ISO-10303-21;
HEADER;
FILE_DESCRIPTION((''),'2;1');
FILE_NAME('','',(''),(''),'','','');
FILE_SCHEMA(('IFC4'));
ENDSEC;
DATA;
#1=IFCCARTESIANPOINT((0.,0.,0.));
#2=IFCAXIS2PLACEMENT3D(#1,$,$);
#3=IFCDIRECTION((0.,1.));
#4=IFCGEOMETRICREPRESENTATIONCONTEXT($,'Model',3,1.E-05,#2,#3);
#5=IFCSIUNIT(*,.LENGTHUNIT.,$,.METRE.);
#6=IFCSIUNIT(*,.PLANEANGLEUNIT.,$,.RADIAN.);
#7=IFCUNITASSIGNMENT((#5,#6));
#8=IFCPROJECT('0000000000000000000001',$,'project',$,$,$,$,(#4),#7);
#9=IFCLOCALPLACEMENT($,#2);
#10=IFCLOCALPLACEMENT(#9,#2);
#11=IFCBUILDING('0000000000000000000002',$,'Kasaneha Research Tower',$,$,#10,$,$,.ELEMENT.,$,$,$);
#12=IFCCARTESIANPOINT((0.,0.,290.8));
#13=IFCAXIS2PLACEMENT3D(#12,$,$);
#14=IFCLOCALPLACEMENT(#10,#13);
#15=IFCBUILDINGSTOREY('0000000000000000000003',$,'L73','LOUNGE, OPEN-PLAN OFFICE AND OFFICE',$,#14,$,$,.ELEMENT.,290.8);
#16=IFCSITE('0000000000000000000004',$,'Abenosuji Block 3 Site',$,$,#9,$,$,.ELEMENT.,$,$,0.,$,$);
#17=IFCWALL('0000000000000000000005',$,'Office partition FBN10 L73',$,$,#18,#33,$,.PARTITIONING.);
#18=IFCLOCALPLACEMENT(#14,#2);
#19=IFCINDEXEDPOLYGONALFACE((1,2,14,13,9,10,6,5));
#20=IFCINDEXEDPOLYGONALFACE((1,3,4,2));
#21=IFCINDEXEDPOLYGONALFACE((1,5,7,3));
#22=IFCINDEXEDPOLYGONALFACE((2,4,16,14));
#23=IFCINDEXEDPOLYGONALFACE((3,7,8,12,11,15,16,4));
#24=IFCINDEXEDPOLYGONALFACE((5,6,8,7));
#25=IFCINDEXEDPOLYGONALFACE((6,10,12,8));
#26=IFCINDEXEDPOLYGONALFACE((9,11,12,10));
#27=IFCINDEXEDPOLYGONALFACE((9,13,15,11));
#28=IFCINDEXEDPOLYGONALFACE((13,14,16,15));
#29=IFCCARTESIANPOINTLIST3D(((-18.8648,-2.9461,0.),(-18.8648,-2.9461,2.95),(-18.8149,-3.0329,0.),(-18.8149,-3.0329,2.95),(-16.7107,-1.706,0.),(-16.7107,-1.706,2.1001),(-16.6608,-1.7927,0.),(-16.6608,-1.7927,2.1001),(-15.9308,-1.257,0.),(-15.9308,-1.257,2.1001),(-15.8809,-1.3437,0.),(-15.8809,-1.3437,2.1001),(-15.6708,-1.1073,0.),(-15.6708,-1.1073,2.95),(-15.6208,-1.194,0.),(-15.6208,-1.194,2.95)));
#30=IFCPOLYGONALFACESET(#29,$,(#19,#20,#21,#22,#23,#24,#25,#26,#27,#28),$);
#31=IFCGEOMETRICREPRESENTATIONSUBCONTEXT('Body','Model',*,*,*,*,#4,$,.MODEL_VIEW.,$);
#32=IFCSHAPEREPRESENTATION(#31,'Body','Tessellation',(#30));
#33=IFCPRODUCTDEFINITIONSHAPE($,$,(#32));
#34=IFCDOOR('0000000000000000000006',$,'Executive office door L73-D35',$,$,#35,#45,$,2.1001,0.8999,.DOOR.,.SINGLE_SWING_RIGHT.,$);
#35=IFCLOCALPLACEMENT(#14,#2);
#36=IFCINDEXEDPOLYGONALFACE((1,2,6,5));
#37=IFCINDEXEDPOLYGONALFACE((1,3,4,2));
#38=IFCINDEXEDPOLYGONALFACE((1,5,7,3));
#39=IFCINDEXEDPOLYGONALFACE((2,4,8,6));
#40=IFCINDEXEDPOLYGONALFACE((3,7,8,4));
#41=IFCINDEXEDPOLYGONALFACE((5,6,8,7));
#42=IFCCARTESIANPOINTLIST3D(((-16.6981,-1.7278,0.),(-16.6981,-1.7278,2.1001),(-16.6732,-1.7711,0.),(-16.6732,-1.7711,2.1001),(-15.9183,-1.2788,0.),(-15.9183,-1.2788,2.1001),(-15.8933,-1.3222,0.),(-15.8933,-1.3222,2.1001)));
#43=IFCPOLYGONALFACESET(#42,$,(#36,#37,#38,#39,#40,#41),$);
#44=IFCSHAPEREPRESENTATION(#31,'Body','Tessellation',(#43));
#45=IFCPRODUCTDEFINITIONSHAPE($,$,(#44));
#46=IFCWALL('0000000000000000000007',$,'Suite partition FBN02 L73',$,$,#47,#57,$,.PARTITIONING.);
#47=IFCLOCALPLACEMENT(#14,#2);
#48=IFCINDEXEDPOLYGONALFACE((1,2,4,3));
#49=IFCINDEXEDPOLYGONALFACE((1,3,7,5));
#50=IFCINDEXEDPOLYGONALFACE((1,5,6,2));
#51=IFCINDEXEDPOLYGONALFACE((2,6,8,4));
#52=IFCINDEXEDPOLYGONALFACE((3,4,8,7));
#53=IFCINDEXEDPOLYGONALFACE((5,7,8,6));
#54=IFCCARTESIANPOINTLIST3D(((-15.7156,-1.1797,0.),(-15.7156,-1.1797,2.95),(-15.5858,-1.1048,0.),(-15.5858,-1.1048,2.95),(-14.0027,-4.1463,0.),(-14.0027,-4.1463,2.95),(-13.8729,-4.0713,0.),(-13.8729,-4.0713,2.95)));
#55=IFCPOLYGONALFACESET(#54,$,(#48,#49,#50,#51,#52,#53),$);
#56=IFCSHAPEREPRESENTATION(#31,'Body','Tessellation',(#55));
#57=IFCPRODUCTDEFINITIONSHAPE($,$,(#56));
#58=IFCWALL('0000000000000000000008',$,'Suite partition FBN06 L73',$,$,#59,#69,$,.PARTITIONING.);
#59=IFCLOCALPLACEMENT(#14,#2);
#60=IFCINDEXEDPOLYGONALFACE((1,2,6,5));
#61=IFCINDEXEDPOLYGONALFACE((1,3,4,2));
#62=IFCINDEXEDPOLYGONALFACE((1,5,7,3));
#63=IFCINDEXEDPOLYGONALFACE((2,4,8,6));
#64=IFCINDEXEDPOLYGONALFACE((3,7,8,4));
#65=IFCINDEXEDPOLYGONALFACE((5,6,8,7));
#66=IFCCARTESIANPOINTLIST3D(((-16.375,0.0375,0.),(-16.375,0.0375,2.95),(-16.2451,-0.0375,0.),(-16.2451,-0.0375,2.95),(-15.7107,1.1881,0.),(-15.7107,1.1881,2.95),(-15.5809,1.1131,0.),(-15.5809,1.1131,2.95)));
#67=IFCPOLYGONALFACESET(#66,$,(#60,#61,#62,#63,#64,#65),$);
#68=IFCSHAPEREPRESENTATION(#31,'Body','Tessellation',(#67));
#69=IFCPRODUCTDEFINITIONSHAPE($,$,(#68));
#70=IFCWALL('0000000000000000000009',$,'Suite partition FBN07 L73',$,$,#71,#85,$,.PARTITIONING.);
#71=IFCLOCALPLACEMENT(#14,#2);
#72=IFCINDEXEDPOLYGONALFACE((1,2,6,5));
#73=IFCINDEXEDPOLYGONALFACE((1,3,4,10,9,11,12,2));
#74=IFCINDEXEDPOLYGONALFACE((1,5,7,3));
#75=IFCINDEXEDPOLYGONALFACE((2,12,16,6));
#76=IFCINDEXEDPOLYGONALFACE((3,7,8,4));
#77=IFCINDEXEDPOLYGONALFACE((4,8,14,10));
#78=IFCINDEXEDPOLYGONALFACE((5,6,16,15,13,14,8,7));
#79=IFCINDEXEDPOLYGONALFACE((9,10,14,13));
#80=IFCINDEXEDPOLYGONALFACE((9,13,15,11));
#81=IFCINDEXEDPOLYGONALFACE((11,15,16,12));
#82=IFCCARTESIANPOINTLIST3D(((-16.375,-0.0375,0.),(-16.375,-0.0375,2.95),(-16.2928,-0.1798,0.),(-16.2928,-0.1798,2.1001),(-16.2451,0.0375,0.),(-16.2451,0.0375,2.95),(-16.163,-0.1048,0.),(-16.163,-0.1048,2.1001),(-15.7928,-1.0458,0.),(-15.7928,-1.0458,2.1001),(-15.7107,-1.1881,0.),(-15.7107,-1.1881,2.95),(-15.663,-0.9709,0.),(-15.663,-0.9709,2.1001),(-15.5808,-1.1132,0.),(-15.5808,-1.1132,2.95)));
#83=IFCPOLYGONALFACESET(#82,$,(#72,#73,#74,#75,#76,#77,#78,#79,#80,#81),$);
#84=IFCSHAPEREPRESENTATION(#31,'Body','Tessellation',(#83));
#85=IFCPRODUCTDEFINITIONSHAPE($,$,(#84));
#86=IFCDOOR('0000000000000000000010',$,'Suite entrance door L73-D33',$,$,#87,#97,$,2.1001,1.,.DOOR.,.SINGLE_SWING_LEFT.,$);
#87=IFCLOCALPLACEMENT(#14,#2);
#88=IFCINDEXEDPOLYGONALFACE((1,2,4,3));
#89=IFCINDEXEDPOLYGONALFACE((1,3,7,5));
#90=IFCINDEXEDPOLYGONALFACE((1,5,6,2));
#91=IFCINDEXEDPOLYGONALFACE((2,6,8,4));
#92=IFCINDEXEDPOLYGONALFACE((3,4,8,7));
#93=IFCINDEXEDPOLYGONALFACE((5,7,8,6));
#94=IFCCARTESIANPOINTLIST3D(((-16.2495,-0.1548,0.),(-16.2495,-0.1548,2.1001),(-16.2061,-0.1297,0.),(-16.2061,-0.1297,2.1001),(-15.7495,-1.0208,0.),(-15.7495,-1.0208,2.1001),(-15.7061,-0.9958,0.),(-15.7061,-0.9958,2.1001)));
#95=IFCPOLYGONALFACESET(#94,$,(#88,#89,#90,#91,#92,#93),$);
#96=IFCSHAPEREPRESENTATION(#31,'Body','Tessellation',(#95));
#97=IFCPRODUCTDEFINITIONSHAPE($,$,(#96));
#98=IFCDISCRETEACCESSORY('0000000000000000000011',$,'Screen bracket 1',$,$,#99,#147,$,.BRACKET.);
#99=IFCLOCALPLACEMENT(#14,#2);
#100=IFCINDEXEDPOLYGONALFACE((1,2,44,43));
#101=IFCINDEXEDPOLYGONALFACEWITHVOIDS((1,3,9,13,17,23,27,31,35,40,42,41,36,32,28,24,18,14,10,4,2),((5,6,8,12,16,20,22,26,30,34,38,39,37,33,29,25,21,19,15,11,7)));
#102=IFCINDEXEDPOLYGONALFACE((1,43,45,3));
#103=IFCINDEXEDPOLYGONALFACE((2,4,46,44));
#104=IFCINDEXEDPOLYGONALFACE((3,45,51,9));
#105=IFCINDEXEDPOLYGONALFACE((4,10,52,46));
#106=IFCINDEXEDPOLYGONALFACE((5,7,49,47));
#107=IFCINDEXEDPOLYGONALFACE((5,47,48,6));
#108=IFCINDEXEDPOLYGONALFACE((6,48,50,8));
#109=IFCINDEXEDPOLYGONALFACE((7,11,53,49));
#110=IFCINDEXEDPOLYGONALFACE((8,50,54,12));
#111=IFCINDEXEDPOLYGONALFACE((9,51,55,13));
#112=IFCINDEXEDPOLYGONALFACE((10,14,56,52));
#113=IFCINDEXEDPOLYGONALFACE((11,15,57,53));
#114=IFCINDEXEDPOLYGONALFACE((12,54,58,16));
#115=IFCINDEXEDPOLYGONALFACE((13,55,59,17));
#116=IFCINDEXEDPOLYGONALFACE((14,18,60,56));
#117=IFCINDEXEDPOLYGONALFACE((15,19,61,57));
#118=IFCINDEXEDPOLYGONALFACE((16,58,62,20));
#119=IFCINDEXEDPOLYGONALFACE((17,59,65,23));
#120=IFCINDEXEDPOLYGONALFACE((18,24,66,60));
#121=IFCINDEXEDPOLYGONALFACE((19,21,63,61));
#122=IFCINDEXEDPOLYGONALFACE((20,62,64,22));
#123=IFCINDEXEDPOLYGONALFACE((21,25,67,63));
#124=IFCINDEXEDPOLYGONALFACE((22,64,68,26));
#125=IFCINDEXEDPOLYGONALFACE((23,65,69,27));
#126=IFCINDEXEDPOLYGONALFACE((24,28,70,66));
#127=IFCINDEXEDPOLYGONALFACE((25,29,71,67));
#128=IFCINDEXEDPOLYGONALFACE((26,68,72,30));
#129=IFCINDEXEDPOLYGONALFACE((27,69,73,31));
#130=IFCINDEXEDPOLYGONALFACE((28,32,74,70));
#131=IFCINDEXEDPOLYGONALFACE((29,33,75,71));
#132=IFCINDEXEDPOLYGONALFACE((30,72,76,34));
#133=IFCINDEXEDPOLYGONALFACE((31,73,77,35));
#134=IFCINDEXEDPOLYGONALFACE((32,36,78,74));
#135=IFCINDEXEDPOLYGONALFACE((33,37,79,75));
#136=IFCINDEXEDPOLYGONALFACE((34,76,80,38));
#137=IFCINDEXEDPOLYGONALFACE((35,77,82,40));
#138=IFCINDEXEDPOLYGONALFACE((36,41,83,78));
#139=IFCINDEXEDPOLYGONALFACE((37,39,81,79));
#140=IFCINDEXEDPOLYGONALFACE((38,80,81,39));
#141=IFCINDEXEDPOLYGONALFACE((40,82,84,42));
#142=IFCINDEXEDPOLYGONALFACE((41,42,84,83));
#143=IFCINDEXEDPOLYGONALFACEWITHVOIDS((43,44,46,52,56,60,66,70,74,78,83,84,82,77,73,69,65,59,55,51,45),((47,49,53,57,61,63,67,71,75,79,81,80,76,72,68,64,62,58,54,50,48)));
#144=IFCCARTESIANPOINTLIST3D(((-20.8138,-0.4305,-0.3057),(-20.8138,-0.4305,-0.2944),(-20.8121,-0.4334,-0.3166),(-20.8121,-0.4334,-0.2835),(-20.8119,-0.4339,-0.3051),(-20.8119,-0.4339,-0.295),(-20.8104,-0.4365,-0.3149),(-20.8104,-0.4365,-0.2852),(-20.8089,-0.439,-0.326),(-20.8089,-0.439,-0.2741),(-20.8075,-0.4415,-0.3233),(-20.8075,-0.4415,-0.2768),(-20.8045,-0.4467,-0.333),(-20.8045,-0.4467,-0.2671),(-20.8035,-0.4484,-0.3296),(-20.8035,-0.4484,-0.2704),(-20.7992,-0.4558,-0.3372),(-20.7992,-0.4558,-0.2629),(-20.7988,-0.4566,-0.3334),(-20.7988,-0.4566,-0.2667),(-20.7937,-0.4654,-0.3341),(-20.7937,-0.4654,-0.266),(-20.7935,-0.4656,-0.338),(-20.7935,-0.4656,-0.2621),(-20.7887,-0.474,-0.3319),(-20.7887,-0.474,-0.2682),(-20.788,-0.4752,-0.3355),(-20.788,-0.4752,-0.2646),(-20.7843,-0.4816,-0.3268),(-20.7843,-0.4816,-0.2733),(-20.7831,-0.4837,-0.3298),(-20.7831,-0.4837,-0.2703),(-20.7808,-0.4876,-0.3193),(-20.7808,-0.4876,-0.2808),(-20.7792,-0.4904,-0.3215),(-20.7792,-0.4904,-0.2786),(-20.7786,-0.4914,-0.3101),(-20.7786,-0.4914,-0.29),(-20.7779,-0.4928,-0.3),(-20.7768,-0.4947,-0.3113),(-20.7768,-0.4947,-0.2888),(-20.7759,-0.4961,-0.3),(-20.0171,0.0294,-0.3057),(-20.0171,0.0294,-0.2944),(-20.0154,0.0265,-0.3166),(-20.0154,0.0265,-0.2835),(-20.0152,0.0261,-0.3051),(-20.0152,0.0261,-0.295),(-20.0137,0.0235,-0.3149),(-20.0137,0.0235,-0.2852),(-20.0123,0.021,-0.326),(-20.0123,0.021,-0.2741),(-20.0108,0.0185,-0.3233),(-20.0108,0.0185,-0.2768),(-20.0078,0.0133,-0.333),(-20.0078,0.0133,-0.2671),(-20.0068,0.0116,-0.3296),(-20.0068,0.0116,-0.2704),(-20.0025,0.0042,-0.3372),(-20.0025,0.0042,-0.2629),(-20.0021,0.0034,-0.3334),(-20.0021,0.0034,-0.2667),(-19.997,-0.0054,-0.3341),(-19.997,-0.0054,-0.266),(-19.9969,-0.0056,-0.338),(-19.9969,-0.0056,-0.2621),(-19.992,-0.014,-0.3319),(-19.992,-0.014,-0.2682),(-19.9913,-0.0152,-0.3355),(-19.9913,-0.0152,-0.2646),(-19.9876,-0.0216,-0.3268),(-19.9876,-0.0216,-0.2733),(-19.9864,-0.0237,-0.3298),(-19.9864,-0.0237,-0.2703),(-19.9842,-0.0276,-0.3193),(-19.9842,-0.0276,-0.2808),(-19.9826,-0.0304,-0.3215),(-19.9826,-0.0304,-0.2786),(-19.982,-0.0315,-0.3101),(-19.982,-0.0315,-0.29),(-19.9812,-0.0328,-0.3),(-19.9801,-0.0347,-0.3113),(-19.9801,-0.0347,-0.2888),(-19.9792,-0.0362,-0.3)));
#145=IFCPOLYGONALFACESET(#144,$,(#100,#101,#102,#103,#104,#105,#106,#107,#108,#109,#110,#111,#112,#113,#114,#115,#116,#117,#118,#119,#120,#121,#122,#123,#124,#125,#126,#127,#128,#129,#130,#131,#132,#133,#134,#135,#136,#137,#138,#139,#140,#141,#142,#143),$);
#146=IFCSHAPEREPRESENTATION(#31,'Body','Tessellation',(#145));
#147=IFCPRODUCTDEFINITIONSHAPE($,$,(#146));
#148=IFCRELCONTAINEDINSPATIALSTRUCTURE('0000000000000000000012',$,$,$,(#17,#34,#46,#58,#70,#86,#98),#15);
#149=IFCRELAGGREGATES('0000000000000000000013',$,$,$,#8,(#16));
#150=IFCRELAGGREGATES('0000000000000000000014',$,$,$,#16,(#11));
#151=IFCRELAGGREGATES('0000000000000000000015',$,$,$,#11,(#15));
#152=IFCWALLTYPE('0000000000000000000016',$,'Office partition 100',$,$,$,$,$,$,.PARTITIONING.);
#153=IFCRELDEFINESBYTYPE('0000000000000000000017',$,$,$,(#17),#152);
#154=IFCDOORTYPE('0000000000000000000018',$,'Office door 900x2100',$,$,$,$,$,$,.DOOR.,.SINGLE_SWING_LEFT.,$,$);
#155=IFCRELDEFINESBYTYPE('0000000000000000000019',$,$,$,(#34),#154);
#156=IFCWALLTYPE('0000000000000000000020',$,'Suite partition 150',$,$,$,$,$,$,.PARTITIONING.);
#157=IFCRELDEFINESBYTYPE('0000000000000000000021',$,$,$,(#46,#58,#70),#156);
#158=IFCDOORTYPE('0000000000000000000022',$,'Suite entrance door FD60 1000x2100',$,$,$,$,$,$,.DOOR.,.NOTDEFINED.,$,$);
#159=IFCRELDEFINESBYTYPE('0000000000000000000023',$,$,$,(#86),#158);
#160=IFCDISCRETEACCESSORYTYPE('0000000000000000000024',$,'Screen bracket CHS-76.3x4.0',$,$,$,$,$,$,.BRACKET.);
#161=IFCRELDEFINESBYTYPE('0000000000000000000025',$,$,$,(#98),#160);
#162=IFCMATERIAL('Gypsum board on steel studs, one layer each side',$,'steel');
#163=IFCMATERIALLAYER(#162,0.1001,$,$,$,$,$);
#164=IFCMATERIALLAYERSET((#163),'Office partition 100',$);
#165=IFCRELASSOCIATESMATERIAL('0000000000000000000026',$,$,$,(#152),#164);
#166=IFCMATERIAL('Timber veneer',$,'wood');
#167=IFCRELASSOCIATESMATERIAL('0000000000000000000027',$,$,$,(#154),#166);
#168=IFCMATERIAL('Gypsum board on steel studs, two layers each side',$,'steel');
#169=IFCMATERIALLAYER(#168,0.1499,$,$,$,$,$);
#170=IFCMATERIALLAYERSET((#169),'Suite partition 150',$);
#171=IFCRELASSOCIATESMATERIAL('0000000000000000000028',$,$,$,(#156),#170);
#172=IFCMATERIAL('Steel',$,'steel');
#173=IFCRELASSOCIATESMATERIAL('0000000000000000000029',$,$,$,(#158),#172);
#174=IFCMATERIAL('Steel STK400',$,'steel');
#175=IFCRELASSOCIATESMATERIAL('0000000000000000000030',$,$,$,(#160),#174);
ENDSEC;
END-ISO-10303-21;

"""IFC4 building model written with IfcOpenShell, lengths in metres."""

from ifc_helpers import new_model, si_unit, direction, frame, frame_2d, origin, origin_2d, place, context, subcontext, project, spatial, rectangle, hollow_circle, extrude, material, layer, layer_set, material_profile, profile_set, type_object, element, fill, save


model = new_model("IFC4")

# Units and contexts
model_context = context("Model", 3, precision=1e-05, world=origin(), true_north=direction((0.0, 1.0)))
body_context = subcontext(model_context, "Body", "Model", "MODEL_VIEW")
ifc_project = project(units=[si_unit("LENGTHUNIT", "METRE"), si_unit("PLANEANGLEUNIT", "RADIAN")], contexts=[model_context])

# Site, building, storey
site_placement = place(None, origin())
site = spatial("IfcSite", under=ifc_project, at=site_placement, Name="Abenosuji Block 3 Site", CompositionType="ELEMENT", RefElevation=0.0)
building_placement = place(site_placement, origin())
building = spatial("IfcBuilding", under=site, at=building_placement, Name="Kasaneha Research Tower", CompositionType="ELEMENT")
storey_placement = place(building_placement, frame((0.0, 0.0, 290.8)))
storey = spatial("IfcBuildingStorey", under=building, at=storey_placement, Name="L73", Description="LOUNGE, OPEN-PLAN OFFICE AND OFFICE", CompositionType="ELEMENT", Elevation=290.8)

# Shared definitions
ifc_material_1 = material(Name="Gypsum board on steel studs, one layer each side", Category="steel")
ifc_layer_1 = layer(ifc_material_1, 0.1001)
ifc_layer_set_1 = layer_set([ifc_layer_1], Name="Office partition 100")
wall_type_1 = type_object("IfcWallType", Name="Office partition 100", PredefinedType="PARTITIONING", material=ifc_layer_set_1)

# Wall, opening, door
wall_1_placement = place(storey_placement, frame((-18.8398, -2.9895, 0.0), z_axis=(0.0, 0.0, 1.0), x_axis=(0.866641, 0.498933, 0.0)))
wall_1 = element("IfcWall", 1, at=wall_1_placement, inside=storey, type_object=wall_type_1, Name="Office partition FBN10 L73", PredefinedType="PARTITIONING", context=body_context, shape_type="SweptSolid", body=[
    extrude(rectangle(XDim=3.6855, YDim=0.1001, at=frame_2d((1.8428, 0.0))), origin(), (0.0, 0.0, 1.0), 2.95),
])
opening_1_placement = place(wall_1_placement, frame((2.4856, 0.0, 0.0)))
opening_1 = element("IfcOpeningElement", 2, at=opening_1_placement, cuts=wall_1, PredefinedType="OPENING", context=body_context, shape_type="SweptSolid", body=[
    extrude(rectangle(XDim=0.8999, YDim=2.1001, at=frame_2d((0.45, 1.05))), frame((0.0, 0.0601, 0.0), z_axis=(0.0, -1.0, 0.0), x_axis=(1.0, 0.0, 0.0)), (0.0, 0.0, 1.0), 0.1201),
])
ifc_material_2 = material(Name="Timber veneer", Category="wood")
door_type_1 = type_object("IfcDoorType", Name="Office door 900x2100", OperationType="SINGLE_SWING_LEFT", PredefinedType="DOOR", material=ifc_material_2)
door_1_placement = place(opening_1_placement, origin())
door_1 = element("IfcDoor", 3, at=door_1_placement, inside=storey, type_object=door_type_1, Name="Executive office door L73-D35", OperationType="SINGLE_SWING_RIGHT", OverallHeight=2.1001, OverallWidth=0.8999, PredefinedType="DOOR", context=body_context, shape_type="SweptSolid", body=[
    extrude(rectangle(XDim=0.8999, YDim=2.1001, at=frame_2d((0.45, 1.05))), frame((0.0, 0.0249, 0.0), z_axis=(0.0, -1.0, 0.0), x_axis=(1.0, 0.0, 0.0)), (0.0, 0.0, 1.0), 0.05),
])
fill(opening_1, door_1)

# Walls
ifc_material_3 = material(Name="Gypsum board on steel studs, two layers each side", Category="steel")
ifc_layer_2 = layer(ifc_material_3, 0.1499)
ifc_layer_set_2 = layer_set([ifc_layer_2], Name="Suite partition 150")
wall_type_2 = type_object("IfcWallType", Name="Suite partition 150", PredefinedType="PARTITIONING", material=ifc_layer_set_2)
wall_2_placement = place(storey_placement, frame((-13.9377, -4.1089, 0.0), z_axis=(0.0, 0.0, 1.0), x_axis=(-0.500033, 0.866006, 0.0)))
element("IfcWall", 4, at=wall_2_placement, inside=storey, type_object=wall_type_2, Name="Suite partition FBN02 L73", PredefinedType="PARTITIONING", context=body_context, shape_type="SweptSolid", body=[
    extrude(rectangle(XDim=3.4255, YDim=0.1499, at=frame_2d((1.7129, 0.0))), origin(), (0.0, 0.0, 1.0), 2.95),
])
wall_3_placement = place(storey_placement, frame((-16.3101, 0.0, 0.0), z_axis=(0.0, 0.0, 1.0), x_axis=(0.499993, 0.86603, 0.0)))
element("IfcWall", 5, at=wall_3_placement, inside=storey, type_object=wall_type_2, Name="Suite partition FBN06 L73", PredefinedType="PARTITIONING", context=body_context, shape_type="SweptSolid", body=[
    extrude(rectangle(XDim=1.3286, YDim=0.1499, at=frame_2d((0.6643, 0.0))), origin(), (0.0, 0.0, 1.0), 2.95),
])

# Wall, opening, door
wall_4_placement = place(storey_placement, frame((-15.6458, -1.1506, 0.0), z_axis=(0.0, 0.0, 1.0), x_axis=(-0.499993, 0.86603, 0.0)))
wall_4 = element("IfcWall", 6, at=wall_4_placement, inside=storey, type_object=wall_type_2, Name="Suite partition FBN07 L73", PredefinedType="PARTITIONING", context=body_context, shape_type="SweptSolid", body=[
    extrude(rectangle(XDim=1.3286, YDim=0.1499, at=frame_2d((0.6643, 0.0))), origin(), (0.0, 0.0, 1.0), 2.95),
])
opening_2_placement = place(wall_4_placement, frame((0.1643, 0.0, 0.0)))
opening_2 = element("IfcOpeningElement", 7, at=opening_2_placement, cuts=wall_4, PredefinedType="OPENING", context=body_context, shape_type="SweptSolid", body=[
    extrude(rectangle(XDim=1.0, YDim=2.1001, at=frame_2d((0.5, 1.05))), frame((0.0, 0.085, 0.0), z_axis=(0.0, -1.0, 0.0), x_axis=(1.0, 0.0, 0.0)), (0.0, 0.0, 1.0), 0.1699),
])
ifc_material_4 = material(Name="Steel", Category="steel")
door_type_2 = type_object("IfcDoorType", Name="Suite entrance door FD60 1000x2100", OperationType="NOTDEFINED", PredefinedType="DOOR", material=ifc_material_4)
door_2_placement = place(opening_2_placement, origin())
door_2 = element("IfcDoor", 8, at=door_2_placement, inside=storey, type_object=door_type_2, Name="Suite entrance door L73-D33", OperationType="SINGLE_SWING_LEFT", OverallHeight=2.1001, OverallWidth=1.0, PredefinedType="DOOR", context=body_context, shape_type="SweptSolid", body=[
    extrude(rectangle(XDim=1.0, YDim=2.1001, at=frame_2d((0.5, 1.05))), frame((0.0, 0.0249, 0.0), z_axis=(0.0, -1.0, 0.0), x_axis=(1.0, 0.0, 0.0)), (0.0, 0.0, 1.0), 0.05),
])
fill(opening_2, door_2)

# Discrete accessory
ifc_material_5 = material(Name="Steel STK400", Category="steel")
ifc_material_profile_1 = material_profile(ifc_material_5, hollow_circle(Radius=0.0381, WallThickness=0.0039, at=origin_2d()), Name="CHS-76.3x4.0")
ifc_profile_set_1 = profile_set([ifc_material_profile_1], Name="Steel STK400")
discrete_accessory_type = type_object("IfcDiscreteAccessoryType", Name="Screen bracket CHS-76.3x4.0", PredefinedType="BRACKET", material=ifc_profile_set_1)
discrete_accessory_placement = place(storey_placement, frame((-19.9983, -0.0032, -0.3), z_axis=(-0.866013, -0.500021, 0.0), x_axis=(0.500021, -0.866013, 0.0)))
element("IfcDiscreteAccessory", 9, at=discrete_accessory_placement, inside=storey, type_object=discrete_accessory_type, Name="Screen bracket 1", PredefinedType="BRACKET", context=body_context, shape_type="SweptSolid", body=[
    extrude(hollow_circle(Radius=0.0381, WallThickness=0.0039, at=origin_2d()), origin(), (0.0, 0.0, 1.0), 0.9199),
])

save(model, "model.ifc")
